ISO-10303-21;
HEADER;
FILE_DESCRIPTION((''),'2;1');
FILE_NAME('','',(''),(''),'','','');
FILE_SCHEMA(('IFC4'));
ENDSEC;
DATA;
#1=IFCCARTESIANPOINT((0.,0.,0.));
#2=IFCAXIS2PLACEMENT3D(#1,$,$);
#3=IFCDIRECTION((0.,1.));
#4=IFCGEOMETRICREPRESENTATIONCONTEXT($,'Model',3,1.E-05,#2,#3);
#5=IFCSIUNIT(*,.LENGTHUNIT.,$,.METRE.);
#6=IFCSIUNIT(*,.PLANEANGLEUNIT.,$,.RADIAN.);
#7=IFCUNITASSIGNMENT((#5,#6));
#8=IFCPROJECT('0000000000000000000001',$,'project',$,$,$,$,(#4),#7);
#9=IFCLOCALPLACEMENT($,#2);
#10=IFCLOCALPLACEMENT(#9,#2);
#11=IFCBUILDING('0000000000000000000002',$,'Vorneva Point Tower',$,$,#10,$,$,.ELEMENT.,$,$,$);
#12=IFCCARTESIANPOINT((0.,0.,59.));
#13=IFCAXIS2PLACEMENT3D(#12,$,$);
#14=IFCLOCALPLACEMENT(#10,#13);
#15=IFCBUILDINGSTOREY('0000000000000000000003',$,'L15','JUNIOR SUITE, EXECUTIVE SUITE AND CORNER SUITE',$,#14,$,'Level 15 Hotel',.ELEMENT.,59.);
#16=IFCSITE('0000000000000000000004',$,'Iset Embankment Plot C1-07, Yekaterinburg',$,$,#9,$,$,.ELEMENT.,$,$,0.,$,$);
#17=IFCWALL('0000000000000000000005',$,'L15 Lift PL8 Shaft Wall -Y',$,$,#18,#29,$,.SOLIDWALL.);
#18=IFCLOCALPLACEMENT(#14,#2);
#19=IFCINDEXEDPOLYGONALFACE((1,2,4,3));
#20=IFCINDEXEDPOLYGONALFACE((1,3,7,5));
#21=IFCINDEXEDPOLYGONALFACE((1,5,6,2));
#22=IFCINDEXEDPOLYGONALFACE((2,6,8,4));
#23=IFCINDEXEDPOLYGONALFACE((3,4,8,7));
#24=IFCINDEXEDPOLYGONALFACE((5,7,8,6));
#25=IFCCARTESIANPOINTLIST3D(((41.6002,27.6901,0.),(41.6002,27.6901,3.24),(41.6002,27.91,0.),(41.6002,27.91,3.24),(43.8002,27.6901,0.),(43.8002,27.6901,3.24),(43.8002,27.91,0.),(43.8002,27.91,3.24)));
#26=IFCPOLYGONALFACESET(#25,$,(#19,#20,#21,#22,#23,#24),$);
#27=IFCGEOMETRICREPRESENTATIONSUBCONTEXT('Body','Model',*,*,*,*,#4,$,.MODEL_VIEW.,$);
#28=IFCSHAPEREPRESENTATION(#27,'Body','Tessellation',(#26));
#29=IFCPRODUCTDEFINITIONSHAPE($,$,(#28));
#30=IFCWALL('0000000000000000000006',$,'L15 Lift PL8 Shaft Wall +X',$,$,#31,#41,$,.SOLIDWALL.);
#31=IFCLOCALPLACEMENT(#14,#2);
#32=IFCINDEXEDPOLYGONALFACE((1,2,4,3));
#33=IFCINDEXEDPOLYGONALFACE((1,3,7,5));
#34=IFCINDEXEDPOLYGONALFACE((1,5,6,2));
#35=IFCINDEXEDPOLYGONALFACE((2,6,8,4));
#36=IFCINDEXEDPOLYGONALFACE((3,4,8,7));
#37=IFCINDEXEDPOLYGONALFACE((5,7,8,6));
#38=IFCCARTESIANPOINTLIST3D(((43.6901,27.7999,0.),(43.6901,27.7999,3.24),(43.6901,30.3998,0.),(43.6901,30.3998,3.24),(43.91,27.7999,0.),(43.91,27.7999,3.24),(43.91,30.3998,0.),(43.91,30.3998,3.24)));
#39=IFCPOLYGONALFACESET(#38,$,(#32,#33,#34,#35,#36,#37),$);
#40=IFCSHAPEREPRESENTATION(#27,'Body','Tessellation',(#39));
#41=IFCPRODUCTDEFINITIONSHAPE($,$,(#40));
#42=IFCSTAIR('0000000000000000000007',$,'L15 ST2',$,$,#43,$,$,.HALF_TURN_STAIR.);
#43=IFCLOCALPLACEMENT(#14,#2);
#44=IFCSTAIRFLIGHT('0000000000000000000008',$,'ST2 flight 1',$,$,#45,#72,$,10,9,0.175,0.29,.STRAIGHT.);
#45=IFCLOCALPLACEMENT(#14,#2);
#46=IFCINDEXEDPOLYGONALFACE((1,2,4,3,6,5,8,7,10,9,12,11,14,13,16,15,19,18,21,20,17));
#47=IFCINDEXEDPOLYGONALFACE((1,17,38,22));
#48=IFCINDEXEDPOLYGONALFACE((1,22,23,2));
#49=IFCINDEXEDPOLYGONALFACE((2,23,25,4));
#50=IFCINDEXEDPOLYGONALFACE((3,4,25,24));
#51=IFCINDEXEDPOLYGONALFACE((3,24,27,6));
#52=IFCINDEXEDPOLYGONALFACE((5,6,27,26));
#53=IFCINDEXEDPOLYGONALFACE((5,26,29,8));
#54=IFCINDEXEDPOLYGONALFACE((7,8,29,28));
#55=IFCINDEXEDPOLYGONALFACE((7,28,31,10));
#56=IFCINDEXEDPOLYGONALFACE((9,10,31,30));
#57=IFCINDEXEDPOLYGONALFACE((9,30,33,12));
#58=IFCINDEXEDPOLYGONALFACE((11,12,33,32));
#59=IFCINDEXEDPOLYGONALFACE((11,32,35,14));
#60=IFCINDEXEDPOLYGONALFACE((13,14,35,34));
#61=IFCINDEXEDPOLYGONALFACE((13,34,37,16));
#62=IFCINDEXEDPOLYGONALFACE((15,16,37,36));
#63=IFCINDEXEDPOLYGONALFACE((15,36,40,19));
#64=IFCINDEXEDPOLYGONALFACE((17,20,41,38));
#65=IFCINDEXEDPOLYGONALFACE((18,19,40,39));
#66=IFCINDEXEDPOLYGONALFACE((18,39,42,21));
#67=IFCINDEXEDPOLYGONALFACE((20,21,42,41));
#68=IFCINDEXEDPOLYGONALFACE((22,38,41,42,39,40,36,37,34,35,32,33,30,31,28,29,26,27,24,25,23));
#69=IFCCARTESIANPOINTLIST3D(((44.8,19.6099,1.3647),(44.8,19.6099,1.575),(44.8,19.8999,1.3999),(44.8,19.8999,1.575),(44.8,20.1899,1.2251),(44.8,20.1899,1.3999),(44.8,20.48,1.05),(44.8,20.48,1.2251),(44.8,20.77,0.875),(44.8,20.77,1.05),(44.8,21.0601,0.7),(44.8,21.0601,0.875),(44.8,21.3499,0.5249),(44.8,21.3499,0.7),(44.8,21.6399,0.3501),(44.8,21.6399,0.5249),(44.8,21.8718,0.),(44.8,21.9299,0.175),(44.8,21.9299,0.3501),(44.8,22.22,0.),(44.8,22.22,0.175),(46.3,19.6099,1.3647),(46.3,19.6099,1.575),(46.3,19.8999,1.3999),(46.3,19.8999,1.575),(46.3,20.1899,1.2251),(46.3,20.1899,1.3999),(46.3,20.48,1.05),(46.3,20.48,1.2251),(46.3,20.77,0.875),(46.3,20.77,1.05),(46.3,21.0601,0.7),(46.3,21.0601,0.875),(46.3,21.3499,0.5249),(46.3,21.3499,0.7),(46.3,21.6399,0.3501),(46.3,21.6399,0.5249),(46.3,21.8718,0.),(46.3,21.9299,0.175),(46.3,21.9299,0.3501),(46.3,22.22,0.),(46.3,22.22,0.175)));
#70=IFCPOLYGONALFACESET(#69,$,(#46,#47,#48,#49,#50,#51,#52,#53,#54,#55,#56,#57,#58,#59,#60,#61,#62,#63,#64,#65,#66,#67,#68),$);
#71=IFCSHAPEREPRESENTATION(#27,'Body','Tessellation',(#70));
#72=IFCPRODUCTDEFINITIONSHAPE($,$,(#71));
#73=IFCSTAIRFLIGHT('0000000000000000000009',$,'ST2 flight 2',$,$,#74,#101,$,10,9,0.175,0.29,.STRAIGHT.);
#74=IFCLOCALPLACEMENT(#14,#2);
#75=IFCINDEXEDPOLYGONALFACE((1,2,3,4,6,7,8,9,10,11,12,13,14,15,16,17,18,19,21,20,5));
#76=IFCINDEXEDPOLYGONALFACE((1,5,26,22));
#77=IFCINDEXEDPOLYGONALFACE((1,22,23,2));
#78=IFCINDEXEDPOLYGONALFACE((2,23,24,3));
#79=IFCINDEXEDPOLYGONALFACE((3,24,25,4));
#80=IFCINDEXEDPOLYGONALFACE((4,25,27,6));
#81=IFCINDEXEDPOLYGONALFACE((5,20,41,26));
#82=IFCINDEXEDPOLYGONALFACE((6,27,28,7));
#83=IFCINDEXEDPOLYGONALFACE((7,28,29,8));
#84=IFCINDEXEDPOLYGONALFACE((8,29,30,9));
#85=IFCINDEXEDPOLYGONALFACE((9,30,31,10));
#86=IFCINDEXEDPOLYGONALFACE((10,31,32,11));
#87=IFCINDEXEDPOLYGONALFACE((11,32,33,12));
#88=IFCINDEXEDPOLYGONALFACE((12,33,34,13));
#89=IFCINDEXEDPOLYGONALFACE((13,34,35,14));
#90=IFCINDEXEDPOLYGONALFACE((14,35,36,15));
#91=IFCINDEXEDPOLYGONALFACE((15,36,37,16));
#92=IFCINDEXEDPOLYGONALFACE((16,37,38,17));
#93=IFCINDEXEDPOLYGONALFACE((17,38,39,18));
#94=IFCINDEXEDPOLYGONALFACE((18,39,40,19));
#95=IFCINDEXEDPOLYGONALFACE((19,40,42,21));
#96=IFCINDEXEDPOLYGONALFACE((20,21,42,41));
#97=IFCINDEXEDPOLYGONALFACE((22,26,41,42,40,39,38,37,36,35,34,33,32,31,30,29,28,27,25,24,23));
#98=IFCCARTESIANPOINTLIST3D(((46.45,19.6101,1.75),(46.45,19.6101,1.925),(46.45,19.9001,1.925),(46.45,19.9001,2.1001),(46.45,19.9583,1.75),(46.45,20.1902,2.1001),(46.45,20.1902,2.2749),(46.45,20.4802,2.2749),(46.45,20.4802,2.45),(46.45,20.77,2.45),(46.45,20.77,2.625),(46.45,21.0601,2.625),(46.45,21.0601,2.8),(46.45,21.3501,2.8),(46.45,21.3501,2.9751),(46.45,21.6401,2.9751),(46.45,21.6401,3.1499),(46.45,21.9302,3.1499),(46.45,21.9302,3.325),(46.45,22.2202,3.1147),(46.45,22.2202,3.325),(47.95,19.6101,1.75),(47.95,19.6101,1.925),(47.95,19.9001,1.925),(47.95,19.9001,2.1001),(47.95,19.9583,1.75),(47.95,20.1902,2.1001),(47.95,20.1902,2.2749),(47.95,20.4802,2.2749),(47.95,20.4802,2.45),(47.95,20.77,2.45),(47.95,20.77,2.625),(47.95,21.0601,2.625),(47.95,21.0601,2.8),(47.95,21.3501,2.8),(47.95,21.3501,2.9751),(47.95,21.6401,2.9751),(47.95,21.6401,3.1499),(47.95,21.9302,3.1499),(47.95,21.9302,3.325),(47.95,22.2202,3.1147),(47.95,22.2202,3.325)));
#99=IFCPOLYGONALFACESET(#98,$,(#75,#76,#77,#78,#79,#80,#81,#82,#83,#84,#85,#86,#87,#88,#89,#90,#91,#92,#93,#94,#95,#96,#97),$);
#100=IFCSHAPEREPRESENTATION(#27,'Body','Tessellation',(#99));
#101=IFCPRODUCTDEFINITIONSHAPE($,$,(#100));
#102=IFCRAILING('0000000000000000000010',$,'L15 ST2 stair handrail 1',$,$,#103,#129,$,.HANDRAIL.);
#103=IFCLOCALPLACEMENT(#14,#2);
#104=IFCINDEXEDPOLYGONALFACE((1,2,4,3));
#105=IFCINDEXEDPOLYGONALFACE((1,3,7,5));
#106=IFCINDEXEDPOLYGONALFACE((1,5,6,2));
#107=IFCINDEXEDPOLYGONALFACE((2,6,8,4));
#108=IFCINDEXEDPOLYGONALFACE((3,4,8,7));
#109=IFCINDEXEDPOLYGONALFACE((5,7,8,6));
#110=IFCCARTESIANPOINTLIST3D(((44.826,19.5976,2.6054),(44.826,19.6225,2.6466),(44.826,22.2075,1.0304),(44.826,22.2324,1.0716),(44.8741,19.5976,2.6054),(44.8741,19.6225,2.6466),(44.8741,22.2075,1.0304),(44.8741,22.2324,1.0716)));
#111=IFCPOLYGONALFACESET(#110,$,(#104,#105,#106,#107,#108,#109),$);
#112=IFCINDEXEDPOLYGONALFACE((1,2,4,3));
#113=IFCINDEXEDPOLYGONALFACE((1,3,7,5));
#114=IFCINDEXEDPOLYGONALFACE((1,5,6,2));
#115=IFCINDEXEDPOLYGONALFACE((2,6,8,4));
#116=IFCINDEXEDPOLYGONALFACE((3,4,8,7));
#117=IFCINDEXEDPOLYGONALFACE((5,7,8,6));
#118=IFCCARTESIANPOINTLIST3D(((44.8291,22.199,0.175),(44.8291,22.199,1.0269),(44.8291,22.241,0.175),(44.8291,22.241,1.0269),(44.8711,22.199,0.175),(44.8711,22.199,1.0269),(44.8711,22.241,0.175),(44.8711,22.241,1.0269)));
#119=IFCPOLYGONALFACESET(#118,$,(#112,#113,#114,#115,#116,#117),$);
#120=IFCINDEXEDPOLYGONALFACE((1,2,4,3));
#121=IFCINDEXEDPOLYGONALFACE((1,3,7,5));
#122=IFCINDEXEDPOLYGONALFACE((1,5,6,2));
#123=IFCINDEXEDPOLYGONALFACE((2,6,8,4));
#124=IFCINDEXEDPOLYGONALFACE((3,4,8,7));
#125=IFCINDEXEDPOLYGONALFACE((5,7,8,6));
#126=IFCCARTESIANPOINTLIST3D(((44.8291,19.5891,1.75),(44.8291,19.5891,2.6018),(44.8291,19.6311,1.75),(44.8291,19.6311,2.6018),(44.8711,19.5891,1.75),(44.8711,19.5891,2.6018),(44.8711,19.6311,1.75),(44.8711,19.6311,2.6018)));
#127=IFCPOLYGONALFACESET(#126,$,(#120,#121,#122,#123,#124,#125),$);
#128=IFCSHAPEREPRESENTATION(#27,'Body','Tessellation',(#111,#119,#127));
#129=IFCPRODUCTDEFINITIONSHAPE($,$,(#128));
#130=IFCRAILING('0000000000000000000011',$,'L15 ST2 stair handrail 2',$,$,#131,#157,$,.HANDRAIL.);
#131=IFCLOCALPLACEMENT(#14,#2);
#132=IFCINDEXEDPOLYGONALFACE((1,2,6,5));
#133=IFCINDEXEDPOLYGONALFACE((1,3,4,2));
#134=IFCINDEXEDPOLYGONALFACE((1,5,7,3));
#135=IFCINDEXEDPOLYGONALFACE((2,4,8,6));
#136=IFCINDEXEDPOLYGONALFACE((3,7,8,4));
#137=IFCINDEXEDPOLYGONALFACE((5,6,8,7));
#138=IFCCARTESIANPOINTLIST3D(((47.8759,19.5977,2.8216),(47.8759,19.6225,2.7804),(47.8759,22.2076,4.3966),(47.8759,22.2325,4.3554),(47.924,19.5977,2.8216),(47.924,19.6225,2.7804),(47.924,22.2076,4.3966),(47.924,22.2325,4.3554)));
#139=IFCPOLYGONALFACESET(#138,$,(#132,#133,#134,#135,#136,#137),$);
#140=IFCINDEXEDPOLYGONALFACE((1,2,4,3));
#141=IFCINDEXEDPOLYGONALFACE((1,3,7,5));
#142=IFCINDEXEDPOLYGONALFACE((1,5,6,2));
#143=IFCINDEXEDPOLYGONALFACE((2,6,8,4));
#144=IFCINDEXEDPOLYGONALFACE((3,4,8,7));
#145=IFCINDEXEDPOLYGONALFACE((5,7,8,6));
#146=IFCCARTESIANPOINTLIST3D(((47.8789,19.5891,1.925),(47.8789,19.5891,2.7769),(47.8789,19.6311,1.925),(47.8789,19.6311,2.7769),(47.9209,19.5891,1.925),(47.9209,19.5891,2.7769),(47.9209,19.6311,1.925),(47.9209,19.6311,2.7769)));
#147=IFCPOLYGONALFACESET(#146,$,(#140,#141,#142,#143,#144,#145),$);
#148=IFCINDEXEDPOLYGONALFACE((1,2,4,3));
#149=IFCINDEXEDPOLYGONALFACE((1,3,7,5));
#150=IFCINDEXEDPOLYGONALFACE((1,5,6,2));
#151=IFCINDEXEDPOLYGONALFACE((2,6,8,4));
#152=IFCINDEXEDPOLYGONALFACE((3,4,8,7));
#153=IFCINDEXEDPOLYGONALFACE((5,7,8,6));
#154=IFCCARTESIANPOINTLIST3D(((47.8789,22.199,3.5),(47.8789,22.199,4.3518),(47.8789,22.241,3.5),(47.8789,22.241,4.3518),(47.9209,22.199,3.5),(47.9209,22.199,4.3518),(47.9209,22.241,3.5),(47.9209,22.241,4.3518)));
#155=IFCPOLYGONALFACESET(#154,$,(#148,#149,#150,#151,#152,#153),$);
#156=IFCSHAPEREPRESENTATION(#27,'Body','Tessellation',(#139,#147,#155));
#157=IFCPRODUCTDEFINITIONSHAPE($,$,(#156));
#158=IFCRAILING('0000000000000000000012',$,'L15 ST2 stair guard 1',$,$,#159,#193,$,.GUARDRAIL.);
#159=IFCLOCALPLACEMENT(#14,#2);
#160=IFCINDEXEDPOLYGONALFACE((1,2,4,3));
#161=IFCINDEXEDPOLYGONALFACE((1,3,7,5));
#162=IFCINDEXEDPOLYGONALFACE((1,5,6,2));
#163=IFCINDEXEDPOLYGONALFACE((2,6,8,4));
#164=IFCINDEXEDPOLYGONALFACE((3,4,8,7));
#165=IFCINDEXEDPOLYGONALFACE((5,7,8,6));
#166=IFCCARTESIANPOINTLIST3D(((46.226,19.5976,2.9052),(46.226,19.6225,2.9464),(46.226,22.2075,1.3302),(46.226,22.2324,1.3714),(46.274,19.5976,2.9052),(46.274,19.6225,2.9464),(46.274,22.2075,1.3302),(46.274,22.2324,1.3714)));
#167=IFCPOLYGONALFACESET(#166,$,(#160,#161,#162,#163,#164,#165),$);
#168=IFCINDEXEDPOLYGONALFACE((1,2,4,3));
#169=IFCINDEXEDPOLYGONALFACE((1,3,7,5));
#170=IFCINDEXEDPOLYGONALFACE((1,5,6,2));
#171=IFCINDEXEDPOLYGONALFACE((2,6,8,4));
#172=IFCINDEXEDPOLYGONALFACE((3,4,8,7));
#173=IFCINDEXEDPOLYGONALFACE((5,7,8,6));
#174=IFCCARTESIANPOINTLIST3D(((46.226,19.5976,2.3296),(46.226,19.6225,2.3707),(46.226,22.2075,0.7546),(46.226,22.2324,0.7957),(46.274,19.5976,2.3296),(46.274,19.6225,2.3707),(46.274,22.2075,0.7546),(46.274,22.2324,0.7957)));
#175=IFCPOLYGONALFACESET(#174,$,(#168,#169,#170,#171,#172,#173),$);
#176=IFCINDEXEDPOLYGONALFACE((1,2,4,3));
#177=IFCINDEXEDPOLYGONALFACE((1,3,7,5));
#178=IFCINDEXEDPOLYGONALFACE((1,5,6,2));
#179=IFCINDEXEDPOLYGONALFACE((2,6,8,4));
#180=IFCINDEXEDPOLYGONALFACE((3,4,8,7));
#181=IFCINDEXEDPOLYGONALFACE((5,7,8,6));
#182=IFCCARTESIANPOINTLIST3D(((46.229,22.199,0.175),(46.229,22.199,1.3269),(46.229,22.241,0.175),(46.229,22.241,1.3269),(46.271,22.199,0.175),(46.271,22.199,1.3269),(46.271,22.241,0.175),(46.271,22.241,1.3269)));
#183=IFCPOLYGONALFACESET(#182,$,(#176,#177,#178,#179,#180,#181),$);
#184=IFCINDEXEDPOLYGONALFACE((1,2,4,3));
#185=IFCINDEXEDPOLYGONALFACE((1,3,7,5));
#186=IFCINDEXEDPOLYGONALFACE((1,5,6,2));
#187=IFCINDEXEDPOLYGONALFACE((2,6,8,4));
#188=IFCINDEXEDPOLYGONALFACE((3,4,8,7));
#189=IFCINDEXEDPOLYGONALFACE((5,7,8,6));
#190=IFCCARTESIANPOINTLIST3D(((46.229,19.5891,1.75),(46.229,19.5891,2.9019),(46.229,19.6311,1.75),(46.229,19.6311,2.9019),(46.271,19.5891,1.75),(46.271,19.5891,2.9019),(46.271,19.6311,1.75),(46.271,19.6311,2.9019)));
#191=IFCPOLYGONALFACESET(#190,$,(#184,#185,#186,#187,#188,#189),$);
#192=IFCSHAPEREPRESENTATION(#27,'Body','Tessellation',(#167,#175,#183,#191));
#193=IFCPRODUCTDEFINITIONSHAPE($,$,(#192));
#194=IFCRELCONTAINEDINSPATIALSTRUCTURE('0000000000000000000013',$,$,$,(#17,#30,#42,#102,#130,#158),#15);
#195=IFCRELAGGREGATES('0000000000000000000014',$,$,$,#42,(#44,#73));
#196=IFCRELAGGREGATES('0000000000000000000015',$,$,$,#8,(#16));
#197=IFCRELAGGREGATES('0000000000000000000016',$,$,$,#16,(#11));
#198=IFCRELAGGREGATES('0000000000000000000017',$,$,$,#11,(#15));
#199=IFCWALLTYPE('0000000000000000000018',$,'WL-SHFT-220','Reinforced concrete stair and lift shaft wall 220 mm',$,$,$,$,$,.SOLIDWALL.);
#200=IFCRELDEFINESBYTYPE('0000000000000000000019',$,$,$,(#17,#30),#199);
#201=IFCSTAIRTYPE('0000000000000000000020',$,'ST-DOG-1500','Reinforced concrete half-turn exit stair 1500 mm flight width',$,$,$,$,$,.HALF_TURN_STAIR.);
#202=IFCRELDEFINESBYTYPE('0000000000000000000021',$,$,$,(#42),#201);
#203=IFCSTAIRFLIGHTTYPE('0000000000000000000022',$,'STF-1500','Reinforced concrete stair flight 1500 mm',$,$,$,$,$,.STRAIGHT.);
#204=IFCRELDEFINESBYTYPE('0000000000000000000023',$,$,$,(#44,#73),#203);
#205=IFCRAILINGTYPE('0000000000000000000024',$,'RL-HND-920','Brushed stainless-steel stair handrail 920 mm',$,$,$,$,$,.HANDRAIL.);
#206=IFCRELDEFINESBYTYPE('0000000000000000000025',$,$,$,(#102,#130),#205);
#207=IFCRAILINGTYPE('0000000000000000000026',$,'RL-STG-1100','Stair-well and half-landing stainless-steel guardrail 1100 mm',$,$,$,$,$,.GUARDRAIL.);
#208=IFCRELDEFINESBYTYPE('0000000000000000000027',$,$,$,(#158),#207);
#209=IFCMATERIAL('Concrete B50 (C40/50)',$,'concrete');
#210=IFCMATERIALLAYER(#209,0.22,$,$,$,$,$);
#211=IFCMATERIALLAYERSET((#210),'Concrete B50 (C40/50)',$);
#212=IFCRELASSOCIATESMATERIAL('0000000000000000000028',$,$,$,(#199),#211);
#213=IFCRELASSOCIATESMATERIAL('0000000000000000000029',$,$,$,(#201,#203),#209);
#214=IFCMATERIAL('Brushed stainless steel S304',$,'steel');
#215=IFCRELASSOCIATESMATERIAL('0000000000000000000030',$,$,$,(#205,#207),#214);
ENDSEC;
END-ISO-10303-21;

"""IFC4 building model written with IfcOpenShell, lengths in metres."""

from ifc_helpers import new_model, si_unit, direction, frame, frame_2d, origin, origin_2d, place, context, subcontext, project, spatial, polyline, rectangle, outline, extrude, material, layer, layer_set, type_object, element, aggregate, save


model = new_model("IFC4")

# Units and contexts
model_context = context("Model", 3, precision=1e-05, world=origin(), true_north=direction((0.0, 1.0)))
body_context = subcontext(model_context, "Body", "Model", "MODEL_VIEW")
ifc_project = project(units=[si_unit("LENGTHUNIT", "METRE"), si_unit("PLANEANGLEUNIT", "RADIAN")], contexts=[model_context])

# Site, building, storey
site_placement = place(None, origin())
site = spatial("IfcSite", under=ifc_project, at=site_placement, Name="Iset Embankment Plot C1-07, Yekaterinburg", CompositionType="ELEMENT", RefElevation=0.0)
building_placement = place(site_placement, origin())
building = spatial("IfcBuilding", under=site, at=building_placement, Name="Vorneva Point Tower", CompositionType="ELEMENT")
storey_placement = place(building_placement, frame((0.0, 0.0, 59.0)))
storey = spatial("IfcBuildingStorey", under=building, at=storey_placement, Name="L15", Description="JUNIOR SUITE, EXECUTIVE SUITE AND CORNER SUITE", LongName="Level 15 Hotel", CompositionType="ELEMENT", Elevation=59.0)

# Shared definitions
ifc_material_1 = material(Name="Concrete B50 (C40/50)", Category="concrete")
ifc_layer_1 = layer(ifc_material_1, 0.22)
ifc_layer_set_1 = layer_set([ifc_layer_1], Name="Concrete B50 (C40/50)")
wall_type_1 = type_object("IfcWallType", Name="WL-SHFT-220", Description="Reinforced concrete stair and lift shaft wall 220 mm", PredefinedType="SOLIDWALL", material=ifc_layer_set_1)

# Walls
wall_1_placement = place(storey_placement, frame((41.6001, 27.8, 0.0), z_axis=(0.0, 0.0, 1.0), x_axis=(1.0, 0.0, 0.0)))
element("IfcWall", 1, at=wall_1_placement, inside=storey, type_object=wall_type_1, Name="L15 Lift PL8 Shaft Wall -Y", PredefinedType="SOLIDWALL", context=body_context, shape_type="SweptSolid", body=[
    extrude(rectangle(XDim=2.2, YDim=0.22, at=frame_2d((1.1001, 0.0))), origin(), (0.0, 0.0, 1.0), 3.24),
])
wall_2_placement = place(storey_placement, frame((43.8, 27.8, 0.0), z_axis=(0.0, 0.0, 1.0), x_axis=(0.0, 1.0, 0.0)))
element("IfcWall", 2, at=wall_2_placement, inside=storey, type_object=wall_type_1, Name="L15 Lift PL8 Shaft Wall +X", PredefinedType="SOLIDWALL", context=body_context, shape_type="SweptSolid", body=[
    extrude(rectangle(XDim=2.5999, YDim=0.22, at=frame_2d((1.2998, 0.0))), origin(), (0.0, 0.0, 1.0), 3.24),
])

# Stair, stair flights
stair_type = type_object("IfcStairType", Name="ST-DOG-1500", Description="Reinforced concrete half-turn exit stair 1500 mm flight width", PredefinedType="HALF_TURN_STAIR", material=ifc_material_1)
stair_placement = place(storey_placement, origin())
stair = element("IfcStair", 3, at=stair_placement, inside=storey, type_object=stair_type, Name="L15 ST2", PredefinedType="HALF_TURN_STAIR")
stair_flight_type = type_object("IfcStairFlightType", Name="STF-1500", Description="Reinforced concrete stair flight 1500 mm", PredefinedType="STRAIGHT", material=ifc_material_1)
stair_flight_1_placement = place(storey_placement, frame((45.55, 22.22, 0.0), z_axis=(0.0, 0.0, 1.0), x_axis=(0.0, -1.0, 0.0)))
stair_flight_1 = element("IfcStairFlight", 4, at=stair_flight_1_placement, type_object=stair_flight_type, Name="ST2 flight 1", NumberOfRisers=10, NumberOfTreads=9, PredefinedType="STRAIGHT", RiserHeight=0.175, TreadLength=0.29, context=body_context, shape_type="SweptSolid", body=[
    extrude(outline(polyline([(0.0, 0.0), (0.0, 0.175), (0.29, 0.175), (0.29, 0.3501), (0.5801, 0.3501), (0.5801, 0.5249), (0.8701, 0.5249), (0.8701, 0.7), (1.1599, 0.7), (1.1599, 0.875), (1.45, 0.875), (1.45, 1.05), (1.74, 1.05), (1.74, 1.2251), (2.03, 1.2251), (2.03, 1.3999), (2.3201, 1.3999), (2.3201, 1.575), (2.6101, 1.575), (2.6101, 1.75), (2.6101, 1.3647), (0.3481, 0.0), (0.0, 0.0)])), frame((0.0, 0.75, 0.0), z_axis=(0.0, -1.0, 0.0), x_axis=(1.0, 0.0, 0.0)), (0.0, 0.0, 1.0), 1.5),
])
stair_flight_2_placement = place(storey_placement, frame((47.2, 19.6101, 1.75), z_axis=(0.0, 0.0, 1.0), x_axis=(0.0, 1.0, 0.0)))
stair_flight_2 = element("IfcStairFlight", 5, at=stair_flight_2_placement, type_object=stair_flight_type, Name="ST2 flight 2", NumberOfRisers=10, NumberOfTreads=9, PredefinedType="STRAIGHT", RiserHeight=0.175, TreadLength=0.29, context=body_context, shape_type="SweptSolid", body=[
    extrude(outline(polyline([(0.0, 0.0), (0.0, 0.175), (0.29, 0.175), (0.29, 0.3501), (0.5801, 0.3501), (0.5801, 0.5249), (0.8701, 0.5249), (0.8701, 0.7), (1.1599, 0.7), (1.1599, 0.875), (1.45, 0.875), (1.45, 1.05), (1.74, 1.05), (1.74, 1.2251), (2.03, 1.2251), (2.03, 1.3999), (2.3201, 1.3999), (2.3201, 1.575), (2.6101, 1.575), (2.6101, 1.75), (2.6101, 1.3647), (0.3481, 0.0), (0.0, 0.0)])), frame((0.0, 0.75, 0.0), z_axis=(0.0, -1.0, 0.0), x_axis=(1.0, 0.0, 0.0)), (0.0, 0.0, 1.0), 1.5),
])
aggregate(stair, [stair_flight_1, stair_flight_2])

# Railings
ifc_material_2 = material(Name="Brushed stainless steel S304", Category="steel")
railing_type_1 = type_object("IfcRailingType", Name="RL-HND-920", Description="Brushed stainless-steel stair handrail 920 mm", PredefinedType="HANDRAIL", material=ifc_material_2)
railing_1_placement = place(storey_placement, frame((44.8501, 22.22, 0.175)))
element("IfcRailing", 6, at=railing_1_placement, inside=storey, type_object=railing_type_1, Name="L15 ST2 stair handrail 1", PredefinedType="HANDRAIL", context=body_context, shape_type="SweptSolid", body=[
    extrude(rectangle(XDim=0.0481, YDim=0.0481, at=origin_2d()), frame((0.0, 0.0, 0.876), z_axis=(0.0, -0.856183, 0.516673), x_axis=(1.0, 0.0, 0.0)), (0.0, 0.0, 1.0), 3.0483),
    extrude(rectangle(XDim=0.042, YDim=0.042, at=origin_2d()), origin(), (0.0, 0.0, 1.0), 0.8518),
    extrude(rectangle(XDim=0.042, YDim=0.042, at=origin_2d()), frame((0.0, -2.6099, 1.575)), (0.0, 0.0, 1.0), 0.8518),
])
railing_2_placement = place(storey_placement, frame((47.8999, 19.6101, 1.925)))
element("IfcRailing", 7, at=railing_2_placement, inside=storey, type_object=railing_type_1, Name="L15 ST2 stair handrail 2", PredefinedType="HANDRAIL", context=body_context, shape_type="SweptSolid", body=[
    extrude(rectangle(XDim=0.0481, YDim=0.0481, at=origin_2d()), frame((0.0, 0.0, 0.876), z_axis=(0.0, 0.856183, 0.516673), x_axis=(-1.0, 0.0, 0.0)), (0.0, 0.0, 1.0), 3.0483),
    extrude(rectangle(XDim=0.042, YDim=0.042, at=origin_2d()), origin(), (0.0, 0.0, 1.0), 0.8518),
    extrude(rectangle(XDim=0.042, YDim=0.042, at=origin_2d()), frame((0.0, 2.6099, 1.575)), (0.0, 0.0, 1.0), 0.8518),
])
railing_type_2 = type_object("IfcRailingType", Name="RL-STG-1100", Description="Stair-well and half-landing stainless-steel guardrail 1100 mm", PredefinedType="GUARDRAIL", material=ifc_material_2)
railing_3_placement = place(storey_placement, frame((46.25, 22.22, 0.175)))
element("IfcRailing", 8, at=railing_3_placement, inside=storey, type_object=railing_type_2, Name="L15 ST2 stair guard 1", PredefinedType="GUARDRAIL", context=body_context, shape_type="SweptSolid", body=[
    extrude(rectangle(XDim=0.0481, YDim=0.0481, at=origin_2d()), frame((0.0, 0.0, 1.1758), z_axis=(0.0, -0.856183, 0.516673), x_axis=(1.0, 0.0, 0.0)), (0.0, 0.0, 1.0), 3.0483),
    extrude(rectangle(XDim=0.0481, YDim=0.0481, at=origin_2d()), frame((0.0, 0.0, 0.6001), z_axis=(0.0, -0.856183, 0.516673), x_axis=(1.0, 0.0, 0.0)), (0.0, 0.0, 1.0), 3.0483),
    extrude(rectangle(XDim=0.042, YDim=0.042, at=origin_2d()), origin(), (0.0, 0.0, 1.0), 1.1519),
    extrude(rectangle(XDim=0.042, YDim=0.042, at=origin_2d()), frame((0.0, -2.6099, 1.575)), (0.0, 0.0, 1.0), 1.1519),
])

save(model, "model.ifc")
